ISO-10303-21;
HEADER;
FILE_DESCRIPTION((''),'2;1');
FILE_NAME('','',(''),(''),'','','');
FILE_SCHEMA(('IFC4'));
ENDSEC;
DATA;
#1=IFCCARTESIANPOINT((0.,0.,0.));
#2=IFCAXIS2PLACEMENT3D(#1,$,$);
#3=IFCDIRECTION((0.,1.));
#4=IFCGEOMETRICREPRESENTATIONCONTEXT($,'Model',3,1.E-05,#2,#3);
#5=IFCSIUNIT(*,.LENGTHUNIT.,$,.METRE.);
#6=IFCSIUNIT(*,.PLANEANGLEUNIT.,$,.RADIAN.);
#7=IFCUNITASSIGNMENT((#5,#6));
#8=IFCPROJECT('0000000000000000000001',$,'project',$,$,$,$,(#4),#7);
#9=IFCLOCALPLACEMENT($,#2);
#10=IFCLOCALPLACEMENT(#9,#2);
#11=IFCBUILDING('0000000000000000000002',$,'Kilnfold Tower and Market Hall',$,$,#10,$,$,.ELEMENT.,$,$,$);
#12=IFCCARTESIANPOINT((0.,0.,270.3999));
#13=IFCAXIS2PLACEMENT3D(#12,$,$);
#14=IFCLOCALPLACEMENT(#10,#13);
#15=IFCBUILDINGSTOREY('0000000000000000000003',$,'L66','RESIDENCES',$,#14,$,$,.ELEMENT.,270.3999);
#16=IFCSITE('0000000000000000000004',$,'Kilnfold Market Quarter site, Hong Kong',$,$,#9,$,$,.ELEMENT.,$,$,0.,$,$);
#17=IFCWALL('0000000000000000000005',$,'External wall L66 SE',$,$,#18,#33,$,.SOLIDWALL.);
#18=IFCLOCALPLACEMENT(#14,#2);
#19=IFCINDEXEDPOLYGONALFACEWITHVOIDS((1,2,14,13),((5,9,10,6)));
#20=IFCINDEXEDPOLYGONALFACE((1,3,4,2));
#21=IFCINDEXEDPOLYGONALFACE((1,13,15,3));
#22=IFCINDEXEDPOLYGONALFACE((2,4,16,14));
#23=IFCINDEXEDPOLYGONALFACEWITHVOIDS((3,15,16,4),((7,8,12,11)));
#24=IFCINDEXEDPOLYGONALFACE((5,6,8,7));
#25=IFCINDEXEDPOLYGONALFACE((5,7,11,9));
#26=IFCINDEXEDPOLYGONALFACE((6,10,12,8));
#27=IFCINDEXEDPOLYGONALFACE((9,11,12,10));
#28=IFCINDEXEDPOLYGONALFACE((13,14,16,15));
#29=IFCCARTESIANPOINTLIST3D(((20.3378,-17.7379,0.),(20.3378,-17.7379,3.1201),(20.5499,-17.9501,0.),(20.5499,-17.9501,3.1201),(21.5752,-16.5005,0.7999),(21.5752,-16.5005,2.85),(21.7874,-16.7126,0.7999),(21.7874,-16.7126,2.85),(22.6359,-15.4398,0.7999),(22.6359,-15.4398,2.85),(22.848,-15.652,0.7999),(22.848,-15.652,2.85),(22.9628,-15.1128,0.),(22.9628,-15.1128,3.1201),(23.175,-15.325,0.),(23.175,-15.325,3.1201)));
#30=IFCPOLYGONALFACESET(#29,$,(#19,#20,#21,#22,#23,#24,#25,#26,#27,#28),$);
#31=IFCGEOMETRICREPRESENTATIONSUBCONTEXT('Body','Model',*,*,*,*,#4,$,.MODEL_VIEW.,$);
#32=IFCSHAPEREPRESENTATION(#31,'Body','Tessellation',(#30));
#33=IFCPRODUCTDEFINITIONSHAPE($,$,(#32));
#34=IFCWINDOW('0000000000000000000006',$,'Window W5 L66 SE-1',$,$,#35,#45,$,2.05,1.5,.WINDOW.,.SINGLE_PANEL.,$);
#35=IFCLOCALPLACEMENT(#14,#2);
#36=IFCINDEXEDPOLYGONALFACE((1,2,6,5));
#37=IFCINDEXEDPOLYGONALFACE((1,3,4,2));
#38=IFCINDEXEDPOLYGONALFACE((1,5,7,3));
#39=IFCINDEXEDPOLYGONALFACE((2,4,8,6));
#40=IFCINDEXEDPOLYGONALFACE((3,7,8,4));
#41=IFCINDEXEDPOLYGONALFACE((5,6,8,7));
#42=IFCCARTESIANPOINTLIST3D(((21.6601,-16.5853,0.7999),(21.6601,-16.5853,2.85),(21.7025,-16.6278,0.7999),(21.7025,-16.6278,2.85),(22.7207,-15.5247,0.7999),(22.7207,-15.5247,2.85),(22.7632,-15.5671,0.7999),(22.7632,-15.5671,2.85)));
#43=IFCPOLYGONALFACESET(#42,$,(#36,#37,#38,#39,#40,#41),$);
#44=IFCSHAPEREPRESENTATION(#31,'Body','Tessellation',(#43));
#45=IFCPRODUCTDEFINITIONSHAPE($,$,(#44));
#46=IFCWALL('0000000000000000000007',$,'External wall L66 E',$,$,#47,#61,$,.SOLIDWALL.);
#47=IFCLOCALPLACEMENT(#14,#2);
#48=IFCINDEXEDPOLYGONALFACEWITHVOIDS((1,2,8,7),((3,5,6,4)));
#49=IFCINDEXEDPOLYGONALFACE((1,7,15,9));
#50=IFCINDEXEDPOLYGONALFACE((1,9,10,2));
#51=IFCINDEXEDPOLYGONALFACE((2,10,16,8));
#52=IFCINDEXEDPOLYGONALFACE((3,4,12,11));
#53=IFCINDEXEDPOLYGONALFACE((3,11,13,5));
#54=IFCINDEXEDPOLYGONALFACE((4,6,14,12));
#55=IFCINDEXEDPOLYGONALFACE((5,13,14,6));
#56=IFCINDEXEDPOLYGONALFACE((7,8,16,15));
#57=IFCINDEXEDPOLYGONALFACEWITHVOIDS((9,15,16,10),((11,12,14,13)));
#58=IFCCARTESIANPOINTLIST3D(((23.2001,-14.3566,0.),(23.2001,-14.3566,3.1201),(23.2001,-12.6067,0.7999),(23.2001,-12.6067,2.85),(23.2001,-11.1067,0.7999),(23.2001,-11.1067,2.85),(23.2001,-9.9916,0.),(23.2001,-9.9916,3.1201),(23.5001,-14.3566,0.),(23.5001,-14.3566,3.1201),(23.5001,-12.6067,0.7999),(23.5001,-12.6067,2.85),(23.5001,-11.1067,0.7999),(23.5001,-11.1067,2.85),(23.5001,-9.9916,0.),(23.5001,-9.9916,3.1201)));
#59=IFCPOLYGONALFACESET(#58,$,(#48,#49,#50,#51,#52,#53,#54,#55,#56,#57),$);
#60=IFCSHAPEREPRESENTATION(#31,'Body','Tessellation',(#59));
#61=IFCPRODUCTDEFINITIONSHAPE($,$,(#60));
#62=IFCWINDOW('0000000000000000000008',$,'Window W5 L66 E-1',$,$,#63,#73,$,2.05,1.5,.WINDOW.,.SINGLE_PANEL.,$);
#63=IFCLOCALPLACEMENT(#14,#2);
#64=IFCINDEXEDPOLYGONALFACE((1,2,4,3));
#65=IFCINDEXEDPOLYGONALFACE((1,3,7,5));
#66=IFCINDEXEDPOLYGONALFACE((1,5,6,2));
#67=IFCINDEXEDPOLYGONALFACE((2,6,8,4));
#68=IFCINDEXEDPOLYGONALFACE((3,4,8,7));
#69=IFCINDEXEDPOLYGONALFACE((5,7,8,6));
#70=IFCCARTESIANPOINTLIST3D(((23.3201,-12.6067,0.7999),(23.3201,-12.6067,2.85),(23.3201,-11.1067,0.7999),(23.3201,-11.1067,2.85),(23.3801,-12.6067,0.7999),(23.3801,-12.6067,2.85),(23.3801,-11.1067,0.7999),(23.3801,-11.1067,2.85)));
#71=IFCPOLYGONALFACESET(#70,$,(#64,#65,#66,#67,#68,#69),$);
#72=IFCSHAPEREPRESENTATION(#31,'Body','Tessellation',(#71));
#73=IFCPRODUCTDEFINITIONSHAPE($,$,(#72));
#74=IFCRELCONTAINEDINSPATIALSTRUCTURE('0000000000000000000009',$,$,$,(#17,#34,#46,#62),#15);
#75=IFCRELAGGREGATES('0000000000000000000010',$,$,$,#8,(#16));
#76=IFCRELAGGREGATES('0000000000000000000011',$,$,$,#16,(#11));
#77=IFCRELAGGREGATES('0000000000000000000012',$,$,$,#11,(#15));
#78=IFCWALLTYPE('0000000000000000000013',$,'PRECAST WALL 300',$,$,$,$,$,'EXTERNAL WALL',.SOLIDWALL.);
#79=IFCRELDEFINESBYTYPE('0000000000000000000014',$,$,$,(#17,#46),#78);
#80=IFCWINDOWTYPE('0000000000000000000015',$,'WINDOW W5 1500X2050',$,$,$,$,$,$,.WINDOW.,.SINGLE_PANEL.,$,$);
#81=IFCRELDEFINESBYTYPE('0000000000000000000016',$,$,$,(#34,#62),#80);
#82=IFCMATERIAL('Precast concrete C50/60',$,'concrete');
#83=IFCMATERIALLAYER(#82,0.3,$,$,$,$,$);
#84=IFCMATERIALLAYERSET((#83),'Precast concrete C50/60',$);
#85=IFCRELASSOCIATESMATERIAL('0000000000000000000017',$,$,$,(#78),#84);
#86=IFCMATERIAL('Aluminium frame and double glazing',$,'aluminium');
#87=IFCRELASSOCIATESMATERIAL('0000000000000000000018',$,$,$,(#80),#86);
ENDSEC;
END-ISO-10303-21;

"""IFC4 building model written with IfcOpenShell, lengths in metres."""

from ifc_helpers import new_model, si_unit, direction, frame, frame_2d, origin, place, context, subcontext, project, spatial, rectangle, extrude, source, transform, mapped, material, layer, layer_set, type_object, element, fill, save


model = new_model("IFC4")

# Units and contexts
model_context = context("Model", 3, precision=1e-05, world=origin(), true_north=direction((0.0, 1.0)))
body_context = subcontext(model_context, "Body", "Model", "MODEL_VIEW")
ifc_project = project(units=[si_unit("LENGTHUNIT", "METRE"), si_unit("PLANEANGLEUNIT", "RADIAN")], contexts=[model_context])

# Site, building, storey
site_placement = place(None, origin())
site = spatial("IfcSite", under=ifc_project, at=site_placement, Name="Kilnfold Market Quarter site, Hong Kong", CompositionType="ELEMENT", RefElevation=0.0)
building_placement = place(site_placement, origin())
building = spatial("IfcBuilding", under=site, at=building_placement, Name="Kilnfold Tower and Market Hall", CompositionType="ELEMENT")
storey_placement = place(building_placement, frame((0.0, 0.0, 270.3999)))
storey = spatial("IfcBuildingStorey", under=building, at=storey_placement, Name="L66", Description="RESIDENCES", CompositionType="ELEMENT", Elevation=270.3999)

# Walls, openings, windows
ifc_material_1 = material(Name="Precast concrete C50/60", Category="concrete")
ifc_layer_1 = layer(ifc_material_1, 0.3)
ifc_layer_set_1 = layer_set([ifc_layer_1], Name="Precast concrete C50/60")
wall_type_1 = type_object("IfcWallType", Name="PRECAST WALL 300", ElementType="EXTERNAL WALL", PredefinedType="SOLIDWALL", material=ifc_layer_set_1)
shared_shape_1 = source(origin(), body_context, "Body", "SweptSolid", [
    extrude(rectangle(XDim=3.7124, YDim=0.3, at=frame_2d((1.8562, 0.0))), origin(), (0.0, 0.0, 1.0), 3.1201),
])
wall_1_placement = place(storey_placement, frame((20.4438, -17.844, 0.0), z_axis=(0.0, 0.0, 1.0), x_axis=(0.707107, 0.707107, 0.0)))
wall_1 = element("IfcWall", 1, at=wall_1_placement, inside=storey, type_object=wall_type_1, Name="External wall L66 SE", PredefinedType="SOLIDWALL", context=body_context, shape_type="MappedRepresentation", body=[
    mapped(shared_shape_1, transform((0.0, 0.0, 0.0))),
])
opening_1_placement = place(wall_1_placement, frame((1.75, 0.0, 0.8)))
opening_1 = element("IfcOpeningElement", 2, at=opening_1_placement, cuts=wall_1, PredefinedType="OPENING", context=body_context, shape_type="SweptSolid", body=[
    extrude(rectangle(XDim=1.5, YDim=2.05, at=frame_2d((0.75, 1.0249))), frame((0.0, 0.1602, 0.0), z_axis=(0.0, -1.0, 0.0), x_axis=(1.0, 0.0, 0.0)), (0.0, 0.0, 1.0), 0.3201),
])
ifc_material_2 = material(Name="Aluminium frame and double glazing", Category="aluminium")
window_type = type_object("IfcWindowType", Name="WINDOW W5 1500X2050", PartitioningType="SINGLE_PANEL", PredefinedType="WINDOW", material=ifc_material_2)
window_1_placement = place(opening_1_placement, origin())
window_1 = element("IfcWindow", 3, at=window_1_placement, inside=storey, type_object=window_type, Name="Window W5 L66 SE-1", OverallHeight=2.05, OverallWidth=1.5, PartitioningType="SINGLE_PANEL", PredefinedType="WINDOW", context=body_context, shape_type="SweptSolid", body=[
    extrude(rectangle(XDim=1.5, YDim=2.05, at=frame_2d((0.75, 1.0249))), frame((0.0, 0.03, 0.0), z_axis=(0.0, -1.0, 0.0), x_axis=(1.0, 0.0, 0.0)), (0.0, 0.0, 1.0), 0.0601),
])
fill(opening_1, window_1)
shared_shape_2 = source(origin(), body_context, "Body", "SweptSolid", [
    extrude(rectangle(XDim=4.365, YDim=0.3, at=frame_2d((2.1826, 0.0))), origin(), (0.0, 0.0, 1.0), 3.1201),
])
wall_2_placement = place(storey_placement, frame((23.3501, -14.3567, 0.0), z_axis=(0.0, 0.0, 1.0), x_axis=(0.0, 1.0, 0.0)))
wall_2 = element("IfcWall", 4, at=wall_2_placement, inside=storey, type_object=wall_type_1, Name="External wall L66 E", PredefinedType="SOLIDWALL", context=body_context, shape_type="MappedRepresentation", body=[
    mapped(shared_shape_2, transform((0.0, 0.0, 0.0))),
])
opening_2_placement = place(wall_2_placement, frame((1.75, 0.0, 0.8)))
opening_2 = element("IfcOpeningElement", 5, at=opening_2_placement, cuts=wall_2, PredefinedType="OPENING", context=body_context, shape_type="SweptSolid", body=[
    extrude(rectangle(XDim=1.5, YDim=2.05, at=frame_2d((0.75, 1.0249))), frame((0.0, 0.1602, 0.0), z_axis=(0.0, -1.0, 0.0), x_axis=(1.0, 0.0, 0.0)), (0.0, 0.0, 1.0), 0.3201),
])
window_2_placement = place(opening_2_placement, origin())
window_2 = element("IfcWindow", 6, at=window_2_placement, inside=storey, type_object=window_type, Name="Window W5 L66 E-1", OverallHeight=2.05, OverallWidth=1.5, PartitioningType="SINGLE_PANEL", PredefinedType="WINDOW", context=body_context, shape_type="SweptSolid", body=[
    extrude(rectangle(XDim=1.5, YDim=2.05, at=frame_2d((0.75, 1.0249))), frame((0.0, 0.03, 0.0), z_axis=(0.0, -1.0, 0.0), x_axis=(1.0, 0.0, 0.0)), (0.0, 0.0, 1.0), 0.0601),
])
fill(opening_2, window_2)

save(model, "model.ifc")
